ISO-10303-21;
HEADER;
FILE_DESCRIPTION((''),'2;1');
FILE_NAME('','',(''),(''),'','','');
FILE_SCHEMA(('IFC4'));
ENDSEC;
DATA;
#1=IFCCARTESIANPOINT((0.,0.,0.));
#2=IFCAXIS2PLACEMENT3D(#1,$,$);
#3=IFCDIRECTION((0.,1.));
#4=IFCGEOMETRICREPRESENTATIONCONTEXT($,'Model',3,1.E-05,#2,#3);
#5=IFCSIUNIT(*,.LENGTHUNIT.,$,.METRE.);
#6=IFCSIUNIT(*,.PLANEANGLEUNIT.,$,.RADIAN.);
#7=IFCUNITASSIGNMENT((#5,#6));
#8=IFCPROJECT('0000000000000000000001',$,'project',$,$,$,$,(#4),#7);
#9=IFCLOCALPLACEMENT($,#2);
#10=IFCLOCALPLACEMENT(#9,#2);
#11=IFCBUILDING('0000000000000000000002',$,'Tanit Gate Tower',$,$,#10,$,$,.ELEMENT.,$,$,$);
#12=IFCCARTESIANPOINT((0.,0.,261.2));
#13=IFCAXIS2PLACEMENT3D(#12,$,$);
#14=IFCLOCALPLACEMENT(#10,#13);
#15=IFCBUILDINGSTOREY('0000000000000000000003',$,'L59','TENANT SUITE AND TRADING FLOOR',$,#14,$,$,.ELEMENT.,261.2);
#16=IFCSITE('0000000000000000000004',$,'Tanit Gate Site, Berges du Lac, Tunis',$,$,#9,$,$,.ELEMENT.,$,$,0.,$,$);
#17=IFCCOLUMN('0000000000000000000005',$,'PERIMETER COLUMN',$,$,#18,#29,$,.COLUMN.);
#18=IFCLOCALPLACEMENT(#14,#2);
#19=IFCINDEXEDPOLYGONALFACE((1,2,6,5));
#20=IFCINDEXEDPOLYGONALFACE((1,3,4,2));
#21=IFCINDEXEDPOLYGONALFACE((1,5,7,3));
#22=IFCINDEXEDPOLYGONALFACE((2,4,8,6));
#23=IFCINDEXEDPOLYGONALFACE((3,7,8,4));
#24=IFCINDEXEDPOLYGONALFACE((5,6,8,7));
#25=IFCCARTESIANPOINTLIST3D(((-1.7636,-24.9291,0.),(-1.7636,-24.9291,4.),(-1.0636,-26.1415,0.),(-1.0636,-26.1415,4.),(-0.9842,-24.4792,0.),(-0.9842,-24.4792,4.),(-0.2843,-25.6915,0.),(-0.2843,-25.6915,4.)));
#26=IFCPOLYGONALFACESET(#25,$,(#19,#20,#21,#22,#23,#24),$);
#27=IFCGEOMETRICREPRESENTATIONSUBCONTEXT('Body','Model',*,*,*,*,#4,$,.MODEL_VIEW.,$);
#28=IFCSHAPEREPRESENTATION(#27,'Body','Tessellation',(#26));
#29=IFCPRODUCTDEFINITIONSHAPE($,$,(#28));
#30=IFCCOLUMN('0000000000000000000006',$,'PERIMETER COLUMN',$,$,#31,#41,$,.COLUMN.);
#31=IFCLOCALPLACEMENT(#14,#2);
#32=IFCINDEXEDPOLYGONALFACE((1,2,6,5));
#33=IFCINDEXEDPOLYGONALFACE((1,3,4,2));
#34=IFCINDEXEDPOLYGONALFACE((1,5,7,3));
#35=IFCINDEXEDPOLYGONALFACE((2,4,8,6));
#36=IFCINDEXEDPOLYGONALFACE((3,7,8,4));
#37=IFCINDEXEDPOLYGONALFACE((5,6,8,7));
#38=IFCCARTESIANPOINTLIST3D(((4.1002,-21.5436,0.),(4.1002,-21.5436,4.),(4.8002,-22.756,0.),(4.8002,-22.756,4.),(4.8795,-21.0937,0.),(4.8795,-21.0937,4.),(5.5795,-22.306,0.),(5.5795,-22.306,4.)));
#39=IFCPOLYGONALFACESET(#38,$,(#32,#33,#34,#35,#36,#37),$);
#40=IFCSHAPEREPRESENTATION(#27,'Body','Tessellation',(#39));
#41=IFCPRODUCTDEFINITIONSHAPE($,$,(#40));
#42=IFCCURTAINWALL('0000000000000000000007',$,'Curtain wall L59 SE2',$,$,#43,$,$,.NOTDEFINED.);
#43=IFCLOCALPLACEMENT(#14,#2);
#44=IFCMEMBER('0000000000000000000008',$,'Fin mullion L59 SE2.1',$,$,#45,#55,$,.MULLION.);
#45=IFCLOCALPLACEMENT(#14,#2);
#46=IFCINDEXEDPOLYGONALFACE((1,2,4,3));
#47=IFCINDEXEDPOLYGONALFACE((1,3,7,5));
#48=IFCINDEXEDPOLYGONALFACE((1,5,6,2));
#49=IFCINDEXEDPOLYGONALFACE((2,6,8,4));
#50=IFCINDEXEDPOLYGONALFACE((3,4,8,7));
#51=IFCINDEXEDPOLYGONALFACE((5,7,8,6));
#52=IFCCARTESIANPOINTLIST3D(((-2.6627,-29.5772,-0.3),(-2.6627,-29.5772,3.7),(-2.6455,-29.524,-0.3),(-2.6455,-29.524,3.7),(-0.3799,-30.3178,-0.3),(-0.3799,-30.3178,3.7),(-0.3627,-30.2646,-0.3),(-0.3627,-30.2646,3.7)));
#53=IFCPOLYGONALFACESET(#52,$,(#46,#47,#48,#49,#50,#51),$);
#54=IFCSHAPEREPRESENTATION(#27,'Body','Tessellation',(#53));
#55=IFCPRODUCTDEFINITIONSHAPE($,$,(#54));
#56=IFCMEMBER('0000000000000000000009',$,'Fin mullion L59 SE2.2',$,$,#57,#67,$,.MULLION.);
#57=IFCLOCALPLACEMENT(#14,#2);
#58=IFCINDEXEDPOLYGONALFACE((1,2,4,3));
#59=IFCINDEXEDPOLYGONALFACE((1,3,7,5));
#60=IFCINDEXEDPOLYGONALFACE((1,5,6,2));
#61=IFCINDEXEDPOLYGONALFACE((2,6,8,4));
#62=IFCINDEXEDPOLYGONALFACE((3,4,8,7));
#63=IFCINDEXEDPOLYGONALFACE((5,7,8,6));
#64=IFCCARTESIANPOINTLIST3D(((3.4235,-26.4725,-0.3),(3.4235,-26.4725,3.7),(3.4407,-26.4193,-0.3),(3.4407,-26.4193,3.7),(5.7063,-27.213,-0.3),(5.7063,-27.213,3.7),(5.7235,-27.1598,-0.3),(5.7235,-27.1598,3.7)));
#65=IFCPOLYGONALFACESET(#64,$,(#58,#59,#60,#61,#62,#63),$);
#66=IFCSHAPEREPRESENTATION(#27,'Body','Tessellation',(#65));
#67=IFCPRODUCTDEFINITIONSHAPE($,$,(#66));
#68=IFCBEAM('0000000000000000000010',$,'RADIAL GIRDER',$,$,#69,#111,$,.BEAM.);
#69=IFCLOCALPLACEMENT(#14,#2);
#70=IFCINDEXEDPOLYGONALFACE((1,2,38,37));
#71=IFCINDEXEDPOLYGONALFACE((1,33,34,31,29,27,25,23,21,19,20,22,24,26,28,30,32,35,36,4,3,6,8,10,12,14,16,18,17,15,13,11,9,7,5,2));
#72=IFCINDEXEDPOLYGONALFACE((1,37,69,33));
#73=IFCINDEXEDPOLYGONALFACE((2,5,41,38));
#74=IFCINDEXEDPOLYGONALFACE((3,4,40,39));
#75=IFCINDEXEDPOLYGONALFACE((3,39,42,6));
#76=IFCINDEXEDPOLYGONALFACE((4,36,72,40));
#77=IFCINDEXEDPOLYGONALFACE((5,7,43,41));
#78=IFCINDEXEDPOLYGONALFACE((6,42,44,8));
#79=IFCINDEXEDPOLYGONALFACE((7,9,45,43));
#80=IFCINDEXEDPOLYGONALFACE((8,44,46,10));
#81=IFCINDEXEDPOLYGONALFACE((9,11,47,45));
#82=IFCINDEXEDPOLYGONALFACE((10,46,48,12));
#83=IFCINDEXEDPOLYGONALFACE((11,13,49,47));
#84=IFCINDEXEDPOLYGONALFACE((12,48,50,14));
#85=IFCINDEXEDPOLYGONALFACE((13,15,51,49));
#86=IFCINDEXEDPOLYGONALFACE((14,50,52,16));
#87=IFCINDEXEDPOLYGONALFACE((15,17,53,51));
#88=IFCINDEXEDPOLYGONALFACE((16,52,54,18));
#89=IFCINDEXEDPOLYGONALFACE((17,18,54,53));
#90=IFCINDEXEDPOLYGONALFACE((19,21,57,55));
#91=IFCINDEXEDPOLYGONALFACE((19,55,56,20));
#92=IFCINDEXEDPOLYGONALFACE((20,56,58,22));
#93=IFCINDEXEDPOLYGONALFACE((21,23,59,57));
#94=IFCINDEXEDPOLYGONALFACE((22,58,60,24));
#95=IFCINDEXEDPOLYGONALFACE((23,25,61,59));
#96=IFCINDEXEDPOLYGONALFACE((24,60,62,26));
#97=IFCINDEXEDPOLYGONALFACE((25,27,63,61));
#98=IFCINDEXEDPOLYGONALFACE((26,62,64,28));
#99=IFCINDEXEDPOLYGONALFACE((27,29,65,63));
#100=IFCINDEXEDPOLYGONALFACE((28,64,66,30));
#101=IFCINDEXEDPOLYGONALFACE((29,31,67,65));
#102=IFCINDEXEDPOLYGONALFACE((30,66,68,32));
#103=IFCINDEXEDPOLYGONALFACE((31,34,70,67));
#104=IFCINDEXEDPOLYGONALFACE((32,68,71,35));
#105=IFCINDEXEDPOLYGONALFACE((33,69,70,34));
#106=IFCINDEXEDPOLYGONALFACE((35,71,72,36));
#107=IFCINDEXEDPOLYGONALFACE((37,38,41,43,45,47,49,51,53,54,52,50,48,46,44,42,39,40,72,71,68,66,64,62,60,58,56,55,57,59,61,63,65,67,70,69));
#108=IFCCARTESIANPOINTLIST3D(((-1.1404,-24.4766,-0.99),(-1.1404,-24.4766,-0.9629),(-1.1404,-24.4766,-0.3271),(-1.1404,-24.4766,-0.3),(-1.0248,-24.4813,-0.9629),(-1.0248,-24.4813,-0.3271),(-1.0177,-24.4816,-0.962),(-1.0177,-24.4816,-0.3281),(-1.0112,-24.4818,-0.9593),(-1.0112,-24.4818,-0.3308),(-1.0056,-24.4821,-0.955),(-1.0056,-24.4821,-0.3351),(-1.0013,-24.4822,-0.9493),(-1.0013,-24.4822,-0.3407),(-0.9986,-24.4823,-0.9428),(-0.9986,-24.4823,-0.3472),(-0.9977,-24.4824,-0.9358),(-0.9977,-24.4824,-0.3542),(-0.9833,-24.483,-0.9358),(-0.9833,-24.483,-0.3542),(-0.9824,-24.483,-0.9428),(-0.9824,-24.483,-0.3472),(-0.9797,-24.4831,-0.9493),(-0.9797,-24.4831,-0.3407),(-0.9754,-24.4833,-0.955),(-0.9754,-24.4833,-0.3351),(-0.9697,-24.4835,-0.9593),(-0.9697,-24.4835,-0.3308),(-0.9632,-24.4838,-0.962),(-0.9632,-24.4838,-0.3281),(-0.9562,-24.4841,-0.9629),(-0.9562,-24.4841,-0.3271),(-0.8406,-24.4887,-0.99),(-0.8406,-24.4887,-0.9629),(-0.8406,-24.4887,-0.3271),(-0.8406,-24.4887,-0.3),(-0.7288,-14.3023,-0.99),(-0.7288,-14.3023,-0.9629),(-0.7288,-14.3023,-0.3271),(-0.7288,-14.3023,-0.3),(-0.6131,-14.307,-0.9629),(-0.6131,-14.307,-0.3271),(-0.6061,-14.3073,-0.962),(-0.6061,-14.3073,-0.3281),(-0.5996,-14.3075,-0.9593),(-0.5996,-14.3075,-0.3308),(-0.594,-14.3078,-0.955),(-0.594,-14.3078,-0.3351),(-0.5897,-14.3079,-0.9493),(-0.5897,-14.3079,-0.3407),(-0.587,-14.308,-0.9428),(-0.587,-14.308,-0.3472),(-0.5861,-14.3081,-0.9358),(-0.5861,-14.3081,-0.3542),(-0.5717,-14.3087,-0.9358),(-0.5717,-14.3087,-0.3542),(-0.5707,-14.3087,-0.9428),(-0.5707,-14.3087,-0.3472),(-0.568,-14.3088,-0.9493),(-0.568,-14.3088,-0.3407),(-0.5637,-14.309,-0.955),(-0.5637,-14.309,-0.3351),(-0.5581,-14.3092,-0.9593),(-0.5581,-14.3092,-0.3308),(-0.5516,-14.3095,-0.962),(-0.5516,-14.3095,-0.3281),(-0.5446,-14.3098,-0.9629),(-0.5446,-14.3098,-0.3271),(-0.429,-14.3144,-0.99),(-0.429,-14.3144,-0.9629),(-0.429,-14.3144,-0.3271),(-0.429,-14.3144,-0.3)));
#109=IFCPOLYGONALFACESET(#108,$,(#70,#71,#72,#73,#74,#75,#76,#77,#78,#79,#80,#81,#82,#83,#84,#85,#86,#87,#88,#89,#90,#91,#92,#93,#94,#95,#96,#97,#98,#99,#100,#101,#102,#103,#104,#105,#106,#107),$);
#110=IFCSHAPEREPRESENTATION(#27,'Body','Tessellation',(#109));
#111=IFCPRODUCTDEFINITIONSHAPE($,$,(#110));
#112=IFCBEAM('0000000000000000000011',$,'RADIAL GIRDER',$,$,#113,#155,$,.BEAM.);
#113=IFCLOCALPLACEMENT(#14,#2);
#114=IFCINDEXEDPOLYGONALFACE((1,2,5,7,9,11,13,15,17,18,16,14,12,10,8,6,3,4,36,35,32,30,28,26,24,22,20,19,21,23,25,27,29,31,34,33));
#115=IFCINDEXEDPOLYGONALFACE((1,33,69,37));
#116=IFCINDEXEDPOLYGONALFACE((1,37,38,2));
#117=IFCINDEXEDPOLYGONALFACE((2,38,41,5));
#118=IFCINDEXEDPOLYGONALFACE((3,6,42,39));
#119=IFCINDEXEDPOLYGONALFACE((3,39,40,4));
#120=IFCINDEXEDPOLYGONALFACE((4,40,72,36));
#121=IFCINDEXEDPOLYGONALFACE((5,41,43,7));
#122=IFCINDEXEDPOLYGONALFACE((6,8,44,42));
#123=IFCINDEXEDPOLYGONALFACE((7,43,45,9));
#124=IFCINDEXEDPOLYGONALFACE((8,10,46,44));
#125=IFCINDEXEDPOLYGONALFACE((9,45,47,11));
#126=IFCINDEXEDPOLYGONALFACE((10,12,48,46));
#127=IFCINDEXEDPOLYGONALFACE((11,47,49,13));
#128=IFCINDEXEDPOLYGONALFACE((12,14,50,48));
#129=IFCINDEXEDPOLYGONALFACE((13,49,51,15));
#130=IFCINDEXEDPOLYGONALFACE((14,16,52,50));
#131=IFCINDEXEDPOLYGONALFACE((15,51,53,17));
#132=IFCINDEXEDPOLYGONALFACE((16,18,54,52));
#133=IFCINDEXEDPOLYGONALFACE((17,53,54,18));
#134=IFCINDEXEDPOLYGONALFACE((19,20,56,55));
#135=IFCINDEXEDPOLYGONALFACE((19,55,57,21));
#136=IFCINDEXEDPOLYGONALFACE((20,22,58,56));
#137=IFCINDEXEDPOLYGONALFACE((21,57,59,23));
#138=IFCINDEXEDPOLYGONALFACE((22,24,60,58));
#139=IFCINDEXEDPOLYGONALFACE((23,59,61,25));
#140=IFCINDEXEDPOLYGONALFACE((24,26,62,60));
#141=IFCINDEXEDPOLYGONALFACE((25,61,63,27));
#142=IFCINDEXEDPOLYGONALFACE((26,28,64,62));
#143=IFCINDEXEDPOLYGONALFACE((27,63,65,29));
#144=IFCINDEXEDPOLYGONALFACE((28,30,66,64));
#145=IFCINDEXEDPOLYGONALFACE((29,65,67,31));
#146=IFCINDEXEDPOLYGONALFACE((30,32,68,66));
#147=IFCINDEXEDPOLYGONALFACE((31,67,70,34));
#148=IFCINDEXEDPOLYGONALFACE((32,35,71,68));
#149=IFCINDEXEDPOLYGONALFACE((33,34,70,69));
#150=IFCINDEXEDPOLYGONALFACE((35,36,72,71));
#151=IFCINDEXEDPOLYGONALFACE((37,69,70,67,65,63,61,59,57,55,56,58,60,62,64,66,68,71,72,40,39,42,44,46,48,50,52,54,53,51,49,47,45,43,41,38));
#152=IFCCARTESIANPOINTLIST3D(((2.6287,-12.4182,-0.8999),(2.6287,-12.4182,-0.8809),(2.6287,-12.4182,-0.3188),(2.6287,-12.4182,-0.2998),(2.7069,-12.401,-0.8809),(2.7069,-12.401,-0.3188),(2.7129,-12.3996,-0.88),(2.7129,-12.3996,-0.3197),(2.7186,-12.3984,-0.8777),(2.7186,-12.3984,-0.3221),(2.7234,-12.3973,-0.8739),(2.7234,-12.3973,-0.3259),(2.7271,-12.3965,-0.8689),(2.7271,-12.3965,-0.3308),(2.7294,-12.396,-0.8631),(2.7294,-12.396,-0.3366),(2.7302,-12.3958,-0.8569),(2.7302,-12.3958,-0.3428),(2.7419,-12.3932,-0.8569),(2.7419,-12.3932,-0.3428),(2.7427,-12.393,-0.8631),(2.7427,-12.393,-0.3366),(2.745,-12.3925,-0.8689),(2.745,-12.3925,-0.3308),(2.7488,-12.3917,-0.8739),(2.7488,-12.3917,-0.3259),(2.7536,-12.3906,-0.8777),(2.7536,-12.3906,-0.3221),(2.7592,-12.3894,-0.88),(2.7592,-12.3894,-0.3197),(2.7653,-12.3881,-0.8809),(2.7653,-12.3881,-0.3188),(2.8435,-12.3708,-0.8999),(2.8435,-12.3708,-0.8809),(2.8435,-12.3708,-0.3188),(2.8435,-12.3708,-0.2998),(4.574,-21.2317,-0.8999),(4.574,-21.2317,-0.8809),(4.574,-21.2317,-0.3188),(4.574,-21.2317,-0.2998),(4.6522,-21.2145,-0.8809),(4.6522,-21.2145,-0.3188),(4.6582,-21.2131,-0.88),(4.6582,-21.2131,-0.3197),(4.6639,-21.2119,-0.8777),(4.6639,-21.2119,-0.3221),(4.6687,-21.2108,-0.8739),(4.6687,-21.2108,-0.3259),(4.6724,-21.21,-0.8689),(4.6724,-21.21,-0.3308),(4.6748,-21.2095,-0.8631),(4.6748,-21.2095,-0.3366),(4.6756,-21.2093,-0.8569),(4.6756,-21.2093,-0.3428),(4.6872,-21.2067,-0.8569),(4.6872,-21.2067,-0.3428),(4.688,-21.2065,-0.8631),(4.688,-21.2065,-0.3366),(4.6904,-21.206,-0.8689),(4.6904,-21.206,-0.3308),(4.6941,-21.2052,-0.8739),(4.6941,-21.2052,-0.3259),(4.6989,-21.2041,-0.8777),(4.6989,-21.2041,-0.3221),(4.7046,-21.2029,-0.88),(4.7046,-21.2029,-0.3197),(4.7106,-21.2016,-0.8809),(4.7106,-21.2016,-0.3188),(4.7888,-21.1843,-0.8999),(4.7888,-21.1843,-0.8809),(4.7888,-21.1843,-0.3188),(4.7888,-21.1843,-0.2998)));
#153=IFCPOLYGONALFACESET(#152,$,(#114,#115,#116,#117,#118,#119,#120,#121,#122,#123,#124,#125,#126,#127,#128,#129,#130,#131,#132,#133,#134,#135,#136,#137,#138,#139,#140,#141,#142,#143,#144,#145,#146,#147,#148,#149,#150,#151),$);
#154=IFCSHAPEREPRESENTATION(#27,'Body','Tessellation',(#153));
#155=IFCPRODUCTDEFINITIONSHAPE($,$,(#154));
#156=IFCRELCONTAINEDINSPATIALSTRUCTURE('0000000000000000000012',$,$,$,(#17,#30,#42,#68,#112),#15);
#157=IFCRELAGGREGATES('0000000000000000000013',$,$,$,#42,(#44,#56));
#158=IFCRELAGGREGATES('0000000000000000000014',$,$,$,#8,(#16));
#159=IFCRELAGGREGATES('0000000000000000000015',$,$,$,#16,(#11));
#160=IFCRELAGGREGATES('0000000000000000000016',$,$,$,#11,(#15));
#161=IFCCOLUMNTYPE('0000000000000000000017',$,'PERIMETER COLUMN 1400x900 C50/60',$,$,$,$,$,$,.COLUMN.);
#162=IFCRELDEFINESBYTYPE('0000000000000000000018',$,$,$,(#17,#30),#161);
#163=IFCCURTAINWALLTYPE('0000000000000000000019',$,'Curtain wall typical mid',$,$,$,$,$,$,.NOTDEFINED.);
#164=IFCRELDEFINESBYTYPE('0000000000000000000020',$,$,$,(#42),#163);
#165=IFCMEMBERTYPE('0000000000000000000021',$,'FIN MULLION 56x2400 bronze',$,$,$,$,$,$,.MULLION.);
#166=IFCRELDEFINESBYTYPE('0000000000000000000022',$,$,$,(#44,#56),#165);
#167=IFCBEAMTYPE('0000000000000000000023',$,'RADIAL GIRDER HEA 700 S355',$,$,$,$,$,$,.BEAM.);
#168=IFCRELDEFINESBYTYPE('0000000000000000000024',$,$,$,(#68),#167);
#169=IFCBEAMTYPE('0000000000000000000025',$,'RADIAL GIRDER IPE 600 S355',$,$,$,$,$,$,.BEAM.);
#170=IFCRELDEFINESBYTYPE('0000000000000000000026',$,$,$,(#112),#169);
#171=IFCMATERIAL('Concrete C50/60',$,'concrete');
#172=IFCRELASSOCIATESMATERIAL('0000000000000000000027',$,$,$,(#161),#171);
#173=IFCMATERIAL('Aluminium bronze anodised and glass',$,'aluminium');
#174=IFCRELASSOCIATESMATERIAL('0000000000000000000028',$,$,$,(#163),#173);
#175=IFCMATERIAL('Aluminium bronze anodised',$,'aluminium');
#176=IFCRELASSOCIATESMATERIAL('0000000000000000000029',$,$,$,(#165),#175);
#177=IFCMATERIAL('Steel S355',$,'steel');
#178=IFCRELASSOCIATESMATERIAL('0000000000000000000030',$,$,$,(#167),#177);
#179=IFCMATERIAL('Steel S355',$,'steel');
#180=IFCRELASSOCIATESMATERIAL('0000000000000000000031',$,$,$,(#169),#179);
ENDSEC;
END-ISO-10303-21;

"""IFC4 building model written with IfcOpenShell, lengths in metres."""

from ifc_helpers import new_model, si_unit, direction, frame, origin, origin_2d, place, context, subcontext, project, spatial, rectangle, i_section, extrude, material, material_profile, profile_set, type_object, element, aggregate, save


model = new_model("IFC4")

# Units and contexts
model_context = context("Model", 3, precision=1e-05, world=origin(), true_north=direction((0.0, 1.0)))
body_context = subcontext(model_context, "Body", "Model", "MODEL_VIEW")
ifc_project = project(units=[si_unit("LENGTHUNIT", "METRE"), si_unit("PLANEANGLEUNIT", "RADIAN")], contexts=[model_context])

# Site, building, storey
site_placement = place(None, origin())
site = spatial("IfcSite", under=ifc_project, at=site_placement, Name="Tanit Gate Site, Berges du Lac, Tunis", CompositionType="ELEMENT", RefElevation=0.0)
building_placement = place(site_placement, origin())
building = spatial("IfcBuilding", under=site, at=building_placement, Name="Tanit Gate Tower", CompositionType="ELEMENT")
storey_placement = place(building_placement, frame((0.0, 0.0, 261.2)))
storey = spatial("IfcBuildingStorey", under=building, at=storey_placement, Name="L59", Description="TENANT SUITE AND TRADING FLOOR", CompositionType="ELEMENT", Elevation=261.2)

# Columns
ifc_material_1 = material(Name="Concrete C50/60", Category="concrete")
ifc_material_profile_1 = material_profile(ifc_material_1, rectangle(XDim=1.3999, YDim=0.8999, at=origin_2d()), Name="RC 1400x900")
ifc_profile_set_1 = profile_set([ifc_material_profile_1], Name="Concrete C50/60")
column_type = type_object("IfcColumnType", Name="PERIMETER COLUMN 1400x900 C50/60", PredefinedType="COLUMN", material=ifc_profile_set_1)
for number, where, z_axis, x_axis, name in (
    (1, (-1.0239, -25.3103, 0.0), (0.0, 0.0, 1.0), (0.5, -0.866025, 0.0), "PERIMETER COLUMN"),
    (2, (4.8398, -21.9248, 0.0), (0.0, 0.0, 1.0), (0.5, -0.866025, 0.0), "PERIMETER COLUMN"),
):
    element("IfcColumn", number, at=place(storey_placement, frame(where, z_axis=z_axis, x_axis=x_axis)), inside=storey, type_object=column_type, Name=name, PredefinedType="COLUMN", context=body_context, shape_type="SweptSolid", body=[
        extrude(rectangle(XDim=1.3999, YDim=0.8999, at=origin_2d()), origin(), (0.0, 0.0, 1.0), 4.0),
    ])

# Curtain wall, members
ifc_material_2 = material(Name="Aluminium bronze anodised and glass", Category="aluminium")
curtain_wall_type = type_object("IfcCurtainWallType", Name="Curtain wall typical mid", PredefinedType="NOTDEFINED", material=ifc_material_2)
curtain_wall_placement = place(storey_placement, origin())
curtain_wall = element("IfcCurtainWall", 3, at=curtain_wall_placement, inside=storey, type_object=curtain_wall_type, Name="Curtain wall L59 SE2", PredefinedType="NOTDEFINED")
ifc_material_3 = material(Name="Aluminium bronze anodised", Category="aluminium")
ifc_material_profile_2 = material_profile(ifc_material_3, rectangle(XDim=2.3999, YDim=0.0559, at=origin_2d()), Name="56x2400 bronze fin mullion")
ifc_profile_set_2 = profile_set([ifc_material_profile_2], Name="Aluminium bronze anodised")
member_type_1 = type_object("IfcMemberType", Name="FIN MULLION 56x2400 bronze", PredefinedType="MULLION", material=ifc_profile_set_2)
member_1_placement = place(storey_placement, frame((-1.5127, -29.9209, -0.3), z_axis=(0.0, 0.0, 1.0), x_axis=(-0.951202, 0.308568, 0.0)))
member_1 = element("IfcMember", 4, at=member_1_placement, type_object=member_type_1, Name="Fin mullion L59 SE2.1", PredefinedType="MULLION", context=body_context, shape_type="SweptSolid", body=[
    extrude(rectangle(XDim=2.3999, YDim=0.0559, at=origin_2d()), origin(), (0.0, 0.0, 1.0), 4.0),
])
member_2_placement = place(storey_placement, frame((4.5735, -26.8162, -0.3), z_axis=(0.0, 0.0, 1.0), x_axis=(-0.951202, 0.308568, 0.0)))
member_2 = element("IfcMember", 5, at=member_2_placement, type_object=member_type_1, Name="Fin mullion L59 SE2.2", PredefinedType="MULLION", context=body_context, shape_type="SweptSolid", body=[
    extrude(rectangle(XDim=2.3999, YDim=0.0559, at=origin_2d()), origin(), (0.0, 0.0, 1.0), 4.0),
])

# Beams
ifc_material_4 = material(Name="Steel S355", Category="steel")
ifc_material_profile_3 = material_profile(ifc_material_4, i_section(OverallWidth=0.3, OverallDepth=0.6899, WebThickness=0.0144, FlangeThickness=0.0271, FilletRadius=0.0271, at=origin_2d()), Name="HEA 700")
ifc_profile_set_3 = profile_set([ifc_material_profile_3], Name="Steel S355")
beam_type_1 = type_object("IfcBeamType", Name="RADIAL GIRDER HEA 700 S355", PredefinedType="BEAM", material=ifc_profile_set_3)
beam_1_placement = place(storey_placement, frame((-0.9905, -24.4827, -0.645), z_axis=(0.040424, 0.999183, 0.0), x_axis=(-0.999183, 0.040424, 0.0)))
element("IfcBeam", 6, at=beam_1_placement, inside=storey, type_object=beam_type_1, Name="RADIAL GIRDER", PredefinedType="BEAM", context=body_context, shape_type="SweptSolid", body=[
    extrude(i_section(OverallWidth=0.3, OverallDepth=0.6899, WebThickness=0.0144, FlangeThickness=0.0271, FilletRadius=0.0271, at=origin_2d()), origin(), (0.0, 0.0, 1.0), 10.1826),
])
ifc_material_5 = material(Name="Steel S355", Category="steel")
ifc_material_profile_4 = material_profile(ifc_material_5, i_section(OverallWidth=0.22, OverallDepth=0.6001, WebThickness=0.012, FlangeThickness=0.019, FilletRadius=0.0239, at=origin_2d()), Name="IPE 600")
ifc_profile_set_4 = profile_set([ifc_material_profile_4], Name="Steel S355")
beam_type_2 = type_object("IfcBeamType", Name="RADIAL GIRDER IPE 600 S355", PredefinedType="BEAM", material=ifc_profile_set_4)
beam_2_placement = place(storey_placement, frame((4.6814, -21.208, -0.5999), z_axis=(-0.215533, 0.976497, 0.0), x_axis=(-0.976497, -0.215533, 0.0)))
element("IfcBeam", 7, at=beam_2_placement, inside=storey, type_object=beam_type_2, Name="RADIAL GIRDER", PredefinedType="BEAM", context=body_context, shape_type="SweptSolid", body=[
    extrude(i_section(OverallWidth=0.22, OverallDepth=0.6001, WebThickness=0.012, FlangeThickness=0.019, FilletRadius=0.0239, at=origin_2d()), origin(), (0.0, 0.0, 1.0), 9.0256),
])

aggregate(curtain_wall, [member_1, member_2])

save(model, "model.ifc")
